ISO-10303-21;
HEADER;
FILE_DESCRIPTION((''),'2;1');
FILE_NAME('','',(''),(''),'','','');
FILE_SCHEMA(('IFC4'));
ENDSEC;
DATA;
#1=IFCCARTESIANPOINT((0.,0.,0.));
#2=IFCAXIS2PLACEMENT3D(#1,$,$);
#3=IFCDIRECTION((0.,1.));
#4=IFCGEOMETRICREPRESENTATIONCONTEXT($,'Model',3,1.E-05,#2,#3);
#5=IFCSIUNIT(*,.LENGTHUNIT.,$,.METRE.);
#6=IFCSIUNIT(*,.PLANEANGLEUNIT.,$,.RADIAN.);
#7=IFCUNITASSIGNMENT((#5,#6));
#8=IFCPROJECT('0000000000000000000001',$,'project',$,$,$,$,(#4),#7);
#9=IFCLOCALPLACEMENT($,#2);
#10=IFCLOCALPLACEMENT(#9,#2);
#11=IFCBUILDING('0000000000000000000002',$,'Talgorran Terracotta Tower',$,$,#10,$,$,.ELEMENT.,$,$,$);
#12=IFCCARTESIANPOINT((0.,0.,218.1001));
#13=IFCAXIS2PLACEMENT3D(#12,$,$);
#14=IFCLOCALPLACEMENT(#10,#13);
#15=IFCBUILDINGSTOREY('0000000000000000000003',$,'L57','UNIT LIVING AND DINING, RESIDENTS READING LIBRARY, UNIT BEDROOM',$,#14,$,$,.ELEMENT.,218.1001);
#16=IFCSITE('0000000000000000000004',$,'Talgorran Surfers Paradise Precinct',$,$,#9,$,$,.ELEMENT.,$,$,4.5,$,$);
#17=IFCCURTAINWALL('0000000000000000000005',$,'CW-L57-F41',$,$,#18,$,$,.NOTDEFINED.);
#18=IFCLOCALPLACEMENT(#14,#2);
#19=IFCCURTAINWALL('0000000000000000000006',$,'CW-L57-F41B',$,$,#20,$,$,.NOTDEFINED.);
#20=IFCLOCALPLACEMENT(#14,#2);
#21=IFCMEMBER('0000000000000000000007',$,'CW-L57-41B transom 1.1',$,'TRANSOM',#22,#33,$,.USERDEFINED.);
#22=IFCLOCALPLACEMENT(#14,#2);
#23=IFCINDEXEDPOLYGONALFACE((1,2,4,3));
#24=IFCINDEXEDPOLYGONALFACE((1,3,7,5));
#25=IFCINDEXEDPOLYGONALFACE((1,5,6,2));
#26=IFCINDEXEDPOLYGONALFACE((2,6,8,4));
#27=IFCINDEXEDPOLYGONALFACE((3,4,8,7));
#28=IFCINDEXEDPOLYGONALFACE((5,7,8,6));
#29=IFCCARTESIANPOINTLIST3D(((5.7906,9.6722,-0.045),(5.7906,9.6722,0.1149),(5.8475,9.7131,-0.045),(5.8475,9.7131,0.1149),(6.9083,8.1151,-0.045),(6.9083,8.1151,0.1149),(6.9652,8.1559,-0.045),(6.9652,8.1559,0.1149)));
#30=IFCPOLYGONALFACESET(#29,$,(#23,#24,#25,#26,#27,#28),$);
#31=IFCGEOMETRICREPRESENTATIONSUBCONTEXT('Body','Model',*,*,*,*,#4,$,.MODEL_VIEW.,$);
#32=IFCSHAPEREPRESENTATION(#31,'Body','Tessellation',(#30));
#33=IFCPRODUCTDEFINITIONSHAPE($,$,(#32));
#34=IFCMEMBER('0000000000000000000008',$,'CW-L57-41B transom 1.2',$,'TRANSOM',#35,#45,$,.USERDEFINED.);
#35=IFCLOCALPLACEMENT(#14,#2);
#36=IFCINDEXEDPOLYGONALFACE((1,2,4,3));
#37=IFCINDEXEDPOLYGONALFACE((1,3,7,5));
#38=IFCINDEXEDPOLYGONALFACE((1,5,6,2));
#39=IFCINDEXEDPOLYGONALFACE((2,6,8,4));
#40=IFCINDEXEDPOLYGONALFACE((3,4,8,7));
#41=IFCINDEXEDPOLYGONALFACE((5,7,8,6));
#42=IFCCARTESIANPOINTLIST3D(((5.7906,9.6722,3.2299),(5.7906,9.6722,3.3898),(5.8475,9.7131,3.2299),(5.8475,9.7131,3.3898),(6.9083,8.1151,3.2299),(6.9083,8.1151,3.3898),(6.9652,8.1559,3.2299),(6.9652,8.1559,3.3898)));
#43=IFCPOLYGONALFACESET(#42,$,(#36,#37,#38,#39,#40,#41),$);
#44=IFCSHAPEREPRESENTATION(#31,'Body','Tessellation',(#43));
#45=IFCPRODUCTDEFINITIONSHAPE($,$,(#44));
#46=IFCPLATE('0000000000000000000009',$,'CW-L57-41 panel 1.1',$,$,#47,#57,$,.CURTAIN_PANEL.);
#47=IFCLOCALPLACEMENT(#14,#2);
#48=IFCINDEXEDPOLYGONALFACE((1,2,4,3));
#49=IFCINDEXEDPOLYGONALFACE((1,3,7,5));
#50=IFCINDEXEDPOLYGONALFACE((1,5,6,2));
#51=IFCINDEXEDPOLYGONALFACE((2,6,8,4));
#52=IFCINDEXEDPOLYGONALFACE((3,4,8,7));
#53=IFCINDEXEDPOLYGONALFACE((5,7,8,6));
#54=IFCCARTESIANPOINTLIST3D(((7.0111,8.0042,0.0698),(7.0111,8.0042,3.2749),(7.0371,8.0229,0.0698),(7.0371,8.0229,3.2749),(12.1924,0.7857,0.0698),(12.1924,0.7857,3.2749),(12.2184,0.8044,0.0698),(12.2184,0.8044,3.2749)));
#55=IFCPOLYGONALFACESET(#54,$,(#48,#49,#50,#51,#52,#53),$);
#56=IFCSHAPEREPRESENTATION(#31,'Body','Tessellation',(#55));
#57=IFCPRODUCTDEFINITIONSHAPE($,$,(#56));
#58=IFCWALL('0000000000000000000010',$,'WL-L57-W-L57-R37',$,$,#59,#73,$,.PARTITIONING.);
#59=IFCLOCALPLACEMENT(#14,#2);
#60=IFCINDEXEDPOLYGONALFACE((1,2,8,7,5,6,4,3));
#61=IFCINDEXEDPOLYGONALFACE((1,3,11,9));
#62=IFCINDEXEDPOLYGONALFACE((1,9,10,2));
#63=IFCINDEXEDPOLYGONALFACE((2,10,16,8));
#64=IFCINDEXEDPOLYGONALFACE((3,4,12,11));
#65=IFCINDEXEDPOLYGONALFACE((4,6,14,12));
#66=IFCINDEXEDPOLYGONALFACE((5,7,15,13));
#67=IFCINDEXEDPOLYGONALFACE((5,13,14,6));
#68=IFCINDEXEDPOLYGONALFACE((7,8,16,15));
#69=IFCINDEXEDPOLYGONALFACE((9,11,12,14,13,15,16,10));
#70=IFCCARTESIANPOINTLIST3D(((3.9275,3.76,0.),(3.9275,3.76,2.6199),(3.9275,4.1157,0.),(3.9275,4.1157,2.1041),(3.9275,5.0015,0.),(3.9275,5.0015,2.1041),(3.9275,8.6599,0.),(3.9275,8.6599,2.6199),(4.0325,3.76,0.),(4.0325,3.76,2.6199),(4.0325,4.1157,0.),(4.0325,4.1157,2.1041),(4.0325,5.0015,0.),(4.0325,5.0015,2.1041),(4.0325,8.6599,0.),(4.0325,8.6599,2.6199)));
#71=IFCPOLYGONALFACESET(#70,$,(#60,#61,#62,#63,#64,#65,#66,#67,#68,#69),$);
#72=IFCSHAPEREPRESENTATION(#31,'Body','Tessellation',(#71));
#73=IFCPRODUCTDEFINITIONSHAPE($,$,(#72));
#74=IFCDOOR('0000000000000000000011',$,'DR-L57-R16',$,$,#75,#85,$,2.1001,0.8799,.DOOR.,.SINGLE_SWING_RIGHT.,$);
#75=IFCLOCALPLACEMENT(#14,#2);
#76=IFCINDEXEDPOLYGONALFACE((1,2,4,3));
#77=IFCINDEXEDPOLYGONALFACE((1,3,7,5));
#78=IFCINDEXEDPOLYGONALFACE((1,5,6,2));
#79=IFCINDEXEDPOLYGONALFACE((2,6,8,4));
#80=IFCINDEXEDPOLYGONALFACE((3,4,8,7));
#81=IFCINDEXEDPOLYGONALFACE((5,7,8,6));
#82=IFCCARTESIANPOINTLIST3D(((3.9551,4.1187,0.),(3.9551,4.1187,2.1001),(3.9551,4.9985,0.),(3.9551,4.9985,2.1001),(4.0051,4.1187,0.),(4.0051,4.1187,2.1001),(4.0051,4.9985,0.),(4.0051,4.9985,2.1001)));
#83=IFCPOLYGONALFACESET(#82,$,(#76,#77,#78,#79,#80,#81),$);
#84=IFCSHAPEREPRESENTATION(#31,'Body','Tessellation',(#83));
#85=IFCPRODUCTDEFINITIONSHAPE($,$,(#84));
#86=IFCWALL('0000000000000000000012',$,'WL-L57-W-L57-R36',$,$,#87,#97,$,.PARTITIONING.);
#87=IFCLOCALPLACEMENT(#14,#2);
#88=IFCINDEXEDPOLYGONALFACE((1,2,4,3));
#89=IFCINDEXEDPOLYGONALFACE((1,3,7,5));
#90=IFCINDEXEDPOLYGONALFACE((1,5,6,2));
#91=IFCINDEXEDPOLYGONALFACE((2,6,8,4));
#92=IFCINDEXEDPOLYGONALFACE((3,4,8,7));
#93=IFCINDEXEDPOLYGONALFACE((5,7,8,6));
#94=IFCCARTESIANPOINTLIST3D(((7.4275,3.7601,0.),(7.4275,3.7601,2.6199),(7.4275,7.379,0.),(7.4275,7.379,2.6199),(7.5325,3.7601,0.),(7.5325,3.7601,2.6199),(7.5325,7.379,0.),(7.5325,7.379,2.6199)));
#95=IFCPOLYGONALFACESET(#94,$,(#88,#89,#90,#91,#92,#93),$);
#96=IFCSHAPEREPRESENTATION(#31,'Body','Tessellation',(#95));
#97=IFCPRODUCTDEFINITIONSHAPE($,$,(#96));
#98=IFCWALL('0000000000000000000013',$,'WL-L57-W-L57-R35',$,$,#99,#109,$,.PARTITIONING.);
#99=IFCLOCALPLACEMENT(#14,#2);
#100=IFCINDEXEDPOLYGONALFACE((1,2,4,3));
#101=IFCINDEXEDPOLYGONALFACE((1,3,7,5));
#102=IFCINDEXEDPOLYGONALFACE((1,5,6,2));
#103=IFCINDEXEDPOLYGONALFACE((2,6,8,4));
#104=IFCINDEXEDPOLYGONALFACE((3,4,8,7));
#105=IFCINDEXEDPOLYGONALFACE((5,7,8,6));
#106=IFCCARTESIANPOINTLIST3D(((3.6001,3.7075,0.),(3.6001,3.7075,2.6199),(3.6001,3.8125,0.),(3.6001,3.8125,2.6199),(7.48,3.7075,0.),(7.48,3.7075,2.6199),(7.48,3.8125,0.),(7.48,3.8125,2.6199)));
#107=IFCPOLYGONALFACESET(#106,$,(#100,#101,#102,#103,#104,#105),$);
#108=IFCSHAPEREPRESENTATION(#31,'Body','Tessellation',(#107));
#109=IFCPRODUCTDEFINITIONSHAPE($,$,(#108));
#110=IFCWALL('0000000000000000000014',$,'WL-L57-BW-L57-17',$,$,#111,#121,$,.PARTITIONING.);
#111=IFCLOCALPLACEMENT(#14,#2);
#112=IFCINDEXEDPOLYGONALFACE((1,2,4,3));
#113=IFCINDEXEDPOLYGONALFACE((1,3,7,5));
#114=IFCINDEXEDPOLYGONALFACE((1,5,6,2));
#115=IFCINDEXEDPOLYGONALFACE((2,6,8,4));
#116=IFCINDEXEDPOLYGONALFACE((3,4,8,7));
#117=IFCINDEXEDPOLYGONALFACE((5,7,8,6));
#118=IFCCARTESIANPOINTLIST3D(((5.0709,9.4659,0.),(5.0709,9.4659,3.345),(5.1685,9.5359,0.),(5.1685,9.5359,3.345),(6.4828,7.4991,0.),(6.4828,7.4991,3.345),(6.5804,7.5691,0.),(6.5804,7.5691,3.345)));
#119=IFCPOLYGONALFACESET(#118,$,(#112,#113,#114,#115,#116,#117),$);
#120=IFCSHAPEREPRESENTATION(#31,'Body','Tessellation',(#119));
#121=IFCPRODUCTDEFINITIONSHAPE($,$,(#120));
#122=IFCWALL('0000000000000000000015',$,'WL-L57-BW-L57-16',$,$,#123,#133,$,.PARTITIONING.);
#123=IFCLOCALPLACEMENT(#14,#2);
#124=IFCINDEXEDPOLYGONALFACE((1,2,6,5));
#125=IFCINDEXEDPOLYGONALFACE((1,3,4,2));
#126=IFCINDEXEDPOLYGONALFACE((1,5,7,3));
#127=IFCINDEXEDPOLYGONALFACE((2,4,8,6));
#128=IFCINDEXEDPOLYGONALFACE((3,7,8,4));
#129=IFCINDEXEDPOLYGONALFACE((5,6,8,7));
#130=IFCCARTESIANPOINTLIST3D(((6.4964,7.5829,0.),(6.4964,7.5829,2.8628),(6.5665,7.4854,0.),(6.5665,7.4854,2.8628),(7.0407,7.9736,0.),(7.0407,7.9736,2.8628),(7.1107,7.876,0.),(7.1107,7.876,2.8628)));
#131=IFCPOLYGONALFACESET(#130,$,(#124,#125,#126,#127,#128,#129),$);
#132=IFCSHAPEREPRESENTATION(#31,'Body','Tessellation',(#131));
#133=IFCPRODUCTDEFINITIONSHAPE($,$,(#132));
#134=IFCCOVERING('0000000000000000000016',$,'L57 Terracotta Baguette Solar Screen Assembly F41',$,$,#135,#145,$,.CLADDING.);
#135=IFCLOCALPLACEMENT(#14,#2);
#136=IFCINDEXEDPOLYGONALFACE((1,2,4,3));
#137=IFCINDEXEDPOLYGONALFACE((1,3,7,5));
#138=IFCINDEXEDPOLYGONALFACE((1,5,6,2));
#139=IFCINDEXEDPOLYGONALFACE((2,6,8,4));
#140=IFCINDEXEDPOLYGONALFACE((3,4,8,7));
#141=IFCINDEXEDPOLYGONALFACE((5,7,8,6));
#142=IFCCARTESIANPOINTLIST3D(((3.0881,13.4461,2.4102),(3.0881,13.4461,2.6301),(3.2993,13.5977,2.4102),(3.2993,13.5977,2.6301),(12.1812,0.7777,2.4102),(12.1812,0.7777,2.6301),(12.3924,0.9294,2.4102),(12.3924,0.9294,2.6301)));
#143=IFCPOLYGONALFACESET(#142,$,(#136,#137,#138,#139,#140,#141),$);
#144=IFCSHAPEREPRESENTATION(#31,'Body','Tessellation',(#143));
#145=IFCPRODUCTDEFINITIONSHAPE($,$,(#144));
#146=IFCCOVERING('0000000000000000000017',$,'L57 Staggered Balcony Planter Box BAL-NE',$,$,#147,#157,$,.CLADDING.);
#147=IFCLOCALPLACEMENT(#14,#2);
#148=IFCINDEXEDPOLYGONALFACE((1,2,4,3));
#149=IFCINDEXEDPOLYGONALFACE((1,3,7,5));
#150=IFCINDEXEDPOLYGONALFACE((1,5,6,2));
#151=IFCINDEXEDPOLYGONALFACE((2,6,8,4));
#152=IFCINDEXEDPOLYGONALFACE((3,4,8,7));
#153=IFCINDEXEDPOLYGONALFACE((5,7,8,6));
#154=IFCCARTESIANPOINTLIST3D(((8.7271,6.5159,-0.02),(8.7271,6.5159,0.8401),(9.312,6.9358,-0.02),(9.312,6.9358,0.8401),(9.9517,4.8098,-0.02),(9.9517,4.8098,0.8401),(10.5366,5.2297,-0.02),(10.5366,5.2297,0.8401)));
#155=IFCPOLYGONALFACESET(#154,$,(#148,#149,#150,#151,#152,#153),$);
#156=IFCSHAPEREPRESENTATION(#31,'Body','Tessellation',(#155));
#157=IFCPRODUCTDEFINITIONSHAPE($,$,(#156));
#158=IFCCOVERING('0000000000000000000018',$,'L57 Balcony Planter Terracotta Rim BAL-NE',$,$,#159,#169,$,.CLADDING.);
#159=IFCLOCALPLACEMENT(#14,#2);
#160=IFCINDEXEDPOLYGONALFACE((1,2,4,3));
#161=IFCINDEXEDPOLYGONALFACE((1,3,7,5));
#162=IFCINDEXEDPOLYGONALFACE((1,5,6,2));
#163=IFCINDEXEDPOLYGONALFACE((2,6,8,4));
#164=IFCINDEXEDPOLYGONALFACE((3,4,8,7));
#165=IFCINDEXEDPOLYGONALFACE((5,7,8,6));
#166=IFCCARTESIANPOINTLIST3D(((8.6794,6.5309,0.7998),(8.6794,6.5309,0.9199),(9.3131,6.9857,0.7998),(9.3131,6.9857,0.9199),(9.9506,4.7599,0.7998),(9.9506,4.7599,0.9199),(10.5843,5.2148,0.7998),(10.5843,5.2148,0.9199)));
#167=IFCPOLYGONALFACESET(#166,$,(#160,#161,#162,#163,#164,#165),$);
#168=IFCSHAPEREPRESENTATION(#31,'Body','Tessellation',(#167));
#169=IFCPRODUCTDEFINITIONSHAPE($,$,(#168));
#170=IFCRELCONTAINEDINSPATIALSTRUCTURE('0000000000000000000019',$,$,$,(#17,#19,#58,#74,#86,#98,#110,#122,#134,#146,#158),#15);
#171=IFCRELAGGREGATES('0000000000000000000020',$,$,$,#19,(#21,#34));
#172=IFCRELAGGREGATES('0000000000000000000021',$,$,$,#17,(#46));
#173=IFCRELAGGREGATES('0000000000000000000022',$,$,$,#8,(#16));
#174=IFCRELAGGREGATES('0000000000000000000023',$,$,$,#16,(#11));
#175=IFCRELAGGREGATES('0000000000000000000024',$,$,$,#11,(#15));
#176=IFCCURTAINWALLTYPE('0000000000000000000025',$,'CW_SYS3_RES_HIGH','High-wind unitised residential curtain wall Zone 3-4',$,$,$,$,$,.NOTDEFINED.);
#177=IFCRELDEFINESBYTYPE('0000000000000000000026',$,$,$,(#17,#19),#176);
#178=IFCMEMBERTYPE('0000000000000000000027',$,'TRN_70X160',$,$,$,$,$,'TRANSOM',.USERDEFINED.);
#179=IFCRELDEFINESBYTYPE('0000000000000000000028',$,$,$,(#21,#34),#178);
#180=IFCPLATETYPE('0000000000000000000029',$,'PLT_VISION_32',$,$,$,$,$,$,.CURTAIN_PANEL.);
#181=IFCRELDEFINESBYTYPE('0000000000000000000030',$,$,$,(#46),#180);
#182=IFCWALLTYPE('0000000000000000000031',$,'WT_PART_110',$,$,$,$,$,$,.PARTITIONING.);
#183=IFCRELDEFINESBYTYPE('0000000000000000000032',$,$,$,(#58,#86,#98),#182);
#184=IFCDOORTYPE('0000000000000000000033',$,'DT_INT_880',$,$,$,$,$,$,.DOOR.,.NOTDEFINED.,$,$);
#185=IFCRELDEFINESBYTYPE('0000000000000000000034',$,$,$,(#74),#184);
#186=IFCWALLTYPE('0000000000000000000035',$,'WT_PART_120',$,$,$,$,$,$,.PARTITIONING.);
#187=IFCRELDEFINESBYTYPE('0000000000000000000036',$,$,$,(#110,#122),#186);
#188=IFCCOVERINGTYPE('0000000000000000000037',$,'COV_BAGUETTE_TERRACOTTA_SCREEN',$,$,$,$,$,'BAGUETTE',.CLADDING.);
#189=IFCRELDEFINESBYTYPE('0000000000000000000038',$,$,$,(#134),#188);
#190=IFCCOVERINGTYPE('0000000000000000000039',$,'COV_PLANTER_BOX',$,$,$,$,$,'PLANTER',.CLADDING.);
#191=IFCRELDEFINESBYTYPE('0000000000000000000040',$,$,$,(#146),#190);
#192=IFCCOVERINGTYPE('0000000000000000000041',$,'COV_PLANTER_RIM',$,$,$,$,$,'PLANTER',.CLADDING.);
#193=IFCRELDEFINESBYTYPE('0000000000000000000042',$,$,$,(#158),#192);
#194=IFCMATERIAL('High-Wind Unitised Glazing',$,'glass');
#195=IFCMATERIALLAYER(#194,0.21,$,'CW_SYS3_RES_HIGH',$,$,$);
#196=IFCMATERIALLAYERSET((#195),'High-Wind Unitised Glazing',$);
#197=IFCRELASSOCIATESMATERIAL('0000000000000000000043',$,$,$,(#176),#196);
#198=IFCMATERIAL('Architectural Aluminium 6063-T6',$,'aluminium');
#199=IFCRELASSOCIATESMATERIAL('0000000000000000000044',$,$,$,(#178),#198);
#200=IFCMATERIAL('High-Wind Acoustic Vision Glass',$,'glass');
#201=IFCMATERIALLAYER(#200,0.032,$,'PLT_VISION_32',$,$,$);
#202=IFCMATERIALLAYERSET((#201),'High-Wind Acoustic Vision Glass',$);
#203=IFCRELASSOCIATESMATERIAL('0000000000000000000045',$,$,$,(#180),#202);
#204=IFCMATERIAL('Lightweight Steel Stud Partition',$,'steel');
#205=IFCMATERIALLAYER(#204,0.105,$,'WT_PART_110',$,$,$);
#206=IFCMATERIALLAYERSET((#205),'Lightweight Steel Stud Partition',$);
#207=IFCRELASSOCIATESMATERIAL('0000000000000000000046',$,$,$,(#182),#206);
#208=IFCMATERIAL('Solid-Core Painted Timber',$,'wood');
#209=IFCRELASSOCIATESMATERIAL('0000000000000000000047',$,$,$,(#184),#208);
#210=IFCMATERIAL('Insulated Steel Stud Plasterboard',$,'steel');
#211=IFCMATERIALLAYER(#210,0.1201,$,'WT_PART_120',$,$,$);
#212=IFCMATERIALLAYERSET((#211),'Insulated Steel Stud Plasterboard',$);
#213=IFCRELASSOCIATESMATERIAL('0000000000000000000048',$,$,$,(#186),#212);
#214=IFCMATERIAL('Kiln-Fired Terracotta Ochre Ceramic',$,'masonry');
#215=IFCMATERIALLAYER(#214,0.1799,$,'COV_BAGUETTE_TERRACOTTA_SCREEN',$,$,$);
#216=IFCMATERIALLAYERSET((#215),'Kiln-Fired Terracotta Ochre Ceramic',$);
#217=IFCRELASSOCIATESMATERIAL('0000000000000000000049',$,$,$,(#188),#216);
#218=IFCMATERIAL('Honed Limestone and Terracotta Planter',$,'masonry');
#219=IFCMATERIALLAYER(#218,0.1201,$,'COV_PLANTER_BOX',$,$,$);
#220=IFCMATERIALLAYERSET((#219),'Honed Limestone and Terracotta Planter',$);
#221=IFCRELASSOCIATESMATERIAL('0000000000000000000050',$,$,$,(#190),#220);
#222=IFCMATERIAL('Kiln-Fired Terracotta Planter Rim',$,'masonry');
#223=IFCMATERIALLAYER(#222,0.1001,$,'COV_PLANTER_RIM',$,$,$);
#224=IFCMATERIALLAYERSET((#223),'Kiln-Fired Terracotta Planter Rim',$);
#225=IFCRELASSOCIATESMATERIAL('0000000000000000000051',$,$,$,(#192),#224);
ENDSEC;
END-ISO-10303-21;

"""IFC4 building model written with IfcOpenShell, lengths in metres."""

from ifc_helpers import new_model, si_unit, direction, frame, frame_2d, origin, origin_2d, place, context, subcontext, project, spatial, rectangle, extrude, source, transform, mapped, material, layer, layer_set, material_profile, profile_set, type_object, type_shapes, element, fill, aggregate, save


model = new_model("IFC4")

# Units and contexts
model_context = context("Model", 3, precision=1e-05, world=origin(), true_north=direction((0.0, 1.0)))
body_context = subcontext(model_context, "Body", "Model", "MODEL_VIEW")
ifc_project = project(units=[si_unit("LENGTHUNIT", "METRE"), si_unit("PLANEANGLEUNIT", "RADIAN")], contexts=[model_context])

# Site, building, storey
site_placement = place(None, origin())
site = spatial("IfcSite", under=ifc_project, at=site_placement, Name="Talgorran Surfers Paradise Precinct", CompositionType="ELEMENT", RefElevation=4.5)
building_placement = place(site_placement, origin())
building = spatial("IfcBuilding", under=site, at=building_placement, Name="Talgorran Terracotta Tower", CompositionType="ELEMENT")
storey_placement = place(building_placement, frame((0.0, 0.0, 218.1001)))
storey = spatial("IfcBuildingStorey", under=building, at=storey_placement, Name="L57", Description="UNIT LIVING AND DINING, RESIDENTS READING LIBRARY, UNIT BEDROOM", CompositionType="ELEMENT", Elevation=218.1001)

# Curtain wall
ifc_material_1 = material(Name="High-Wind Unitised Glazing", Category="glass")
ifc_layer_1 = layer(ifc_material_1, 0.21, Name="CW_SYS3_RES_HIGH")
ifc_layer_set_1 = layer_set([ifc_layer_1], Name="High-Wind Unitised Glazing")
curtain_wall_type = type_object("IfcCurtainWallType", Name="CW_SYS3_RES_HIGH", Description="High-wind unitised residential curtain wall Zone 3-4", PredefinedType="NOTDEFINED", material=ifc_layer_set_1)
curtain_wall_1_placement = place(storey_placement, origin())
curtain_wall_1 = element("IfcCurtainWall", 1, at=curtain_wall_1_placement, inside=storey, type_object=curtain_wall_type, Name="CW-L57-F41", PredefinedType="NOTDEFINED")
ifc_material_2 = material(Name="Architectural Aluminium 6063-T6", Category="aluminium")

# Curtain wall, members
curtain_wall_2_placement = place(storey_placement, origin())
curtain_wall_2 = element("IfcCurtainWall", 2, at=curtain_wall_2_placement, inside=storey, type_object=curtain_wall_type, Name="CW-L57-F41B", PredefinedType="NOTDEFINED")
ifc_material_profile_1 = material_profile(ifc_material_2, rectangle(XDim=0.0701, YDim=0.1599, at=origin_2d()), Name="CWT70X160")
ifc_profile_set_1 = profile_set([ifc_material_profile_1], Name="Architectural Aluminium 6063-T6")
member_type_1 = type_object("IfcMemberType", Name="TRN_70X160", ElementType="TRANSOM", PredefinedType="USERDEFINED", material=ifc_profile_set_1)
member_1_placement = place(storey_placement, frame((6.9368, 8.1355, 0.0349), z_axis=(-0.583116, 0.812389, 0.0), x_axis=(-0.812389, -0.583116, 0.0)))
member_1 = element("IfcMember", 3, at=member_1_placement, type_object=member_type_1, Name="CW-L57-41B transom 1.1", ObjectType="TRANSOM", PredefinedType="USERDEFINED", context=body_context, shape_type="SweptSolid", body=[
    extrude(rectangle(XDim=0.0701, YDim=0.1599, at=origin_2d()), origin(), (0.0, 0.0, 1.0), 1.9167),
])
member_2_placement = place(storey_placement, frame((6.9368, 8.1355, 3.3098), z_axis=(-0.583116, 0.812389, 0.0), x_axis=(-0.812389, -0.583116, 0.0)))
member_2 = element("IfcMember", 4, at=member_2_placement, type_object=member_type_1, Name="CW-L57-41B transom 1.2", ObjectType="TRANSOM", PredefinedType="USERDEFINED", context=body_context, shape_type="SweptSolid", body=[
    extrude(rectangle(XDim=0.0701, YDim=0.1599, at=origin_2d()), origin(), (0.0, 0.0, 1.0), 1.9167),
])
aggregate(curtain_wall_2, [member_1, member_2])

# Plate
ifc_material_3 = material(Name="High-Wind Acoustic Vision Glass", Category="glass")
ifc_layer_2 = layer(ifc_material_3, 0.032, Name="PLT_VISION_32")
ifc_layer_set_2 = layer_set([ifc_layer_2], Name="High-Wind Acoustic Vision Glass")
plate_type = type_object("IfcPlateType", Name="PLT_VISION_32", PredefinedType="CURTAIN_PANEL", material=ifc_layer_set_2)
shared_shape = source(origin(), body_context, "Body", "SweptSolid", [
    extrude(rectangle(XDim=8.8855, YDim=0.032, at=origin_2d()), origin(), (0.0, 0.0, 1.0), 3.2051),
])
type_shapes(plate_type, [shared_shape])
plate_placement = place(storey_placement, frame((9.6147, 4.4043, 0.0698), z_axis=(0.0, 0.0, 1.0), x_axis=(-0.583116, 0.812389, 0.0)))
plate = element("IfcPlate", 5, at=plate_placement, type_object=plate_type, Name="CW-L57-41 panel 1.1", PredefinedType="CURTAIN_PANEL", context=body_context, shape_type="MappedRepresentation", body=[
    mapped(shared_shape, transform((0.0, 0.0, 0.0), scale=1.0)),
])
aggregate(curtain_wall_1, [plate])

# Wall, opening, door
ifc_material_4 = material(Name="Lightweight Steel Stud Partition", Category="steel")
ifc_layer_3 = layer(ifc_material_4, 0.105, Name="WT_PART_110")
ifc_layer_set_3 = layer_set([ifc_layer_3], Name="Lightweight Steel Stud Partition")
wall_type_1 = type_object("IfcWallType", Name="WT_PART_110", PredefinedType="PARTITIONING", material=ifc_layer_set_3)
wall_1_placement = place(storey_placement, frame((3.98, 3.76, 0.0), z_axis=(0.0, 0.0, 1.0), x_axis=(0.0, 1.0, 0.0)))
wall_1 = element("IfcWall", 6, at=wall_1_placement, inside=storey, type_object=wall_type_1, Name="WL-L57-W-L57-R37", PredefinedType="PARTITIONING", context=body_context, shape_type="SweptSolid", body=[
    extrude(rectangle(XDim=4.8999, YDim=0.105, at=frame_2d((2.45, 0.0))), origin(), (0.0, 0.0, 1.0), 2.6199),
])
opening_placement = place(wall_1_placement, frame((0.3586, 0.0, 0.0)))
opening = element("IfcOpeningElement", 7, at=opening_placement, cuts=wall_1, PredefinedType="OPENING", context=body_context, shape_type="SweptSolid", body=[
    extrude(rectangle(XDim=0.8859, YDim=2.1041, at=frame_2d((0.4399, 1.052))), frame((0.0, 0.0625, 0.0), z_axis=(0.0, -1.0, 0.0), x_axis=(1.0, 0.0, 0.0)), (0.0, 0.0, 1.0), 0.125),
])
ifc_material_5 = material(Name="Solid-Core Painted Timber", Category="wood")
door_type = type_object("IfcDoorType", Name="DT_INT_880", OperationType="NOTDEFINED", PredefinedType="DOOR", material=ifc_material_5)
door_placement = place(opening_placement, origin())
door = element("IfcDoor", 8, at=door_placement, inside=storey, type_object=door_type, Name="DR-L57-R16", OperationType="SINGLE_SWING_RIGHT", OverallHeight=2.1001, OverallWidth=0.8799, PredefinedType="DOOR", context=body_context, shape_type="SweptSolid", body=[
    extrude(rectangle(XDim=0.8799, YDim=2.1001, at=frame_2d((0.4399, 1.05))), frame((0.0, 0.0249, 0.0), z_axis=(0.0, -1.0, 0.0), x_axis=(1.0, 0.0, 0.0)), (0.0, 0.0, 1.0), 0.05),
])
fill(opening, door)

# Walls
wall_2_placement = place(storey_placement, frame((7.48, 3.76, 0.0), z_axis=(0.0, 0.0, 1.0), x_axis=(0.0, 1.0, 0.0)))
element("IfcWall", 9, at=wall_2_placement, inside=storey, type_object=wall_type_1, Name="WL-L57-W-L57-R36", PredefinedType="PARTITIONING", context=body_context, shape_type="SweptSolid", body=[
    extrude(rectangle(XDim=3.6189, YDim=0.105, at=frame_2d((1.8096, 0.0))), origin(), (0.0, 0.0, 1.0), 2.6199),
])
wall_3_placement = place(storey_placement, frame((3.6001, 3.76, 0.0), z_axis=(0.0, 0.0, 1.0), x_axis=(1.0, 0.0, 0.0)))
element("IfcWall", 10, at=wall_3_placement, inside=storey, type_object=wall_type_1, Name="WL-L57-W-L57-R35", PredefinedType="PARTITIONING", context=body_context, shape_type="SweptSolid", body=[
    extrude(rectangle(XDim=3.8799, YDim=0.105, at=frame_2d((1.9399, 0.0))), origin(), (0.0, 0.0, 1.0), 2.6199),
])
ifc_material_6 = material(Name="Insulated Steel Stud Plasterboard", Category="steel")
ifc_layer_4 = layer(ifc_material_6, 0.1201, Name="WT_PART_120")
ifc_layer_set_4 = layer_set([ifc_layer_4], Name="Insulated Steel Stud Plasterboard")
wall_type_2 = type_object("IfcWallType", Name="WT_PART_120", PredefinedType="PARTITIONING", material=ifc_layer_set_4)
wall_4_placement = place(storey_placement, frame((6.5315, 7.5342, 0.0), z_axis=(0.0, 0.0, 1.0), x_axis=(-0.583154, 0.812362, 0.0)))
element("IfcWall", 11, at=wall_4_placement, inside=storey, type_object=wall_type_2, Name="WL-L57-BW-L57-17", PredefinedType="PARTITIONING", context=body_context, shape_type="SweptSolid", body=[
    extrude(rectangle(XDim=2.4211, YDim=0.1201, at=frame_2d((1.2104, 0.0))), origin(), (0.0, 0.0, 1.0), 3.345),
])
wall_5_placement = place(storey_placement, frame((7.0757, 7.9248, 0.0), z_axis=(0.0, 0.0, 1.0), x_axis=(-0.812377, -0.583133, 0.0)))
element("IfcWall", 12, at=wall_5_placement, inside=storey, type_object=wall_type_2, Name="WL-L57-BW-L57-16", PredefinedType="PARTITIONING", context=body_context, shape_type="SweptSolid", body=[
    extrude(rectangle(XDim=0.6699, YDim=0.1201, at=frame_2d((0.335, 0.0))), origin(), (0.0, 0.0, 1.0), 2.8628),
])

# Coverings
ifc_material_7 = material(Name="Kiln-Fired Terracotta Ochre Ceramic", Category="masonry")
ifc_layer_5 = layer(ifc_material_7, 0.1799, Name="COV_BAGUETTE_TERRACOTTA_SCREEN")
ifc_layer_set_5 = layer_set([ifc_layer_5], Name="Kiln-Fired Terracotta Ochre Ceramic")
covering_type_1 = type_object("IfcCoveringType", Name="COV_BAGUETTE_TERRACOTTA_SCREEN", ElementType="BAGUETTE", PredefinedType="CLADDING", material=ifc_layer_set_5)
covering_1_placement = place(storey_placement, frame((7.7402, 7.1877, 2.4102), z_axis=(0.0, 0.0, 1.0), x_axis=(-0.583116, 0.812389, 0.0)))
element("IfcCovering", 13, at=covering_1_placement, inside=storey, type_object=covering_type_1, Name="L57 Terracotta Baguette Solar Screen Assembly F41", PredefinedType="CLADDING", context=body_context, shape_type="SweptSolid", body=[
    extrude(rectangle(XDim=15.594, YDim=0.26, at=origin_2d()), origin(), (0.0, 0.0, 1.0), 0.22),
])
ifc_material_8 = material(Name="Honed Limestone and Terracotta Planter", Category="masonry")
ifc_layer_6 = layer(ifc_material_8, 0.1201, Name="COV_PLANTER_BOX")
ifc_layer_set_6 = layer_set([ifc_layer_6], Name="Honed Limestone and Terracotta Planter")
covering_type_2 = type_object("IfcCoveringType", Name="COV_PLANTER_BOX", ElementType="PLANTER", PredefinedType="CLADDING", material=ifc_layer_set_6)
covering_2_placement = place(storey_placement, frame((9.6318, 5.8728, -0.02), z_axis=(0.0, 0.0, 1.0), x_axis=(-0.583116, 0.812389, 0.0)))
element("IfcCovering", 14, at=covering_2_placement, inside=storey, type_object=covering_type_2, Name="L57 Staggered Balcony Planter Box BAL-NE", PredefinedType="CLADDING", context=body_context, shape_type="SweptSolid", body=[
    extrude(rectangle(XDim=2.1001, YDim=0.72, at=origin_2d()), origin(), (0.0, 0.0, 1.0), 0.8601),
])
ifc_material_9 = material(Name="Kiln-Fired Terracotta Planter Rim", Category="masonry")
ifc_layer_7 = layer(ifc_material_9, 0.1001, Name="COV_PLANTER_RIM")
ifc_layer_set_7 = layer_set([ifc_layer_7], Name="Kiln-Fired Terracotta Planter Rim")
covering_type_3 = type_object("IfcCoveringType", Name="COV_PLANTER_RIM", ElementType="PLANTER", PredefinedType="CLADDING", material=ifc_layer_set_7)
covering_3_placement = place(storey_placement, frame((9.6318, 5.8728, 0.7998), z_axis=(0.0, 0.0, 1.0), x_axis=(-0.583116, 0.812389, 0.0)))
element("IfcCovering", 15, at=covering_3_placement, inside=storey, type_object=covering_type_3, Name="L57 Balcony Planter Terracotta Rim BAL-NE", PredefinedType="CLADDING", context=body_context, shape_type="SweptSolid", body=[
    extrude(rectangle(XDim=2.1799, YDim=0.78, at=origin_2d()), origin(), (0.0, 0.0, 1.0), 0.1201),
])

save(model, "model.ifc")
